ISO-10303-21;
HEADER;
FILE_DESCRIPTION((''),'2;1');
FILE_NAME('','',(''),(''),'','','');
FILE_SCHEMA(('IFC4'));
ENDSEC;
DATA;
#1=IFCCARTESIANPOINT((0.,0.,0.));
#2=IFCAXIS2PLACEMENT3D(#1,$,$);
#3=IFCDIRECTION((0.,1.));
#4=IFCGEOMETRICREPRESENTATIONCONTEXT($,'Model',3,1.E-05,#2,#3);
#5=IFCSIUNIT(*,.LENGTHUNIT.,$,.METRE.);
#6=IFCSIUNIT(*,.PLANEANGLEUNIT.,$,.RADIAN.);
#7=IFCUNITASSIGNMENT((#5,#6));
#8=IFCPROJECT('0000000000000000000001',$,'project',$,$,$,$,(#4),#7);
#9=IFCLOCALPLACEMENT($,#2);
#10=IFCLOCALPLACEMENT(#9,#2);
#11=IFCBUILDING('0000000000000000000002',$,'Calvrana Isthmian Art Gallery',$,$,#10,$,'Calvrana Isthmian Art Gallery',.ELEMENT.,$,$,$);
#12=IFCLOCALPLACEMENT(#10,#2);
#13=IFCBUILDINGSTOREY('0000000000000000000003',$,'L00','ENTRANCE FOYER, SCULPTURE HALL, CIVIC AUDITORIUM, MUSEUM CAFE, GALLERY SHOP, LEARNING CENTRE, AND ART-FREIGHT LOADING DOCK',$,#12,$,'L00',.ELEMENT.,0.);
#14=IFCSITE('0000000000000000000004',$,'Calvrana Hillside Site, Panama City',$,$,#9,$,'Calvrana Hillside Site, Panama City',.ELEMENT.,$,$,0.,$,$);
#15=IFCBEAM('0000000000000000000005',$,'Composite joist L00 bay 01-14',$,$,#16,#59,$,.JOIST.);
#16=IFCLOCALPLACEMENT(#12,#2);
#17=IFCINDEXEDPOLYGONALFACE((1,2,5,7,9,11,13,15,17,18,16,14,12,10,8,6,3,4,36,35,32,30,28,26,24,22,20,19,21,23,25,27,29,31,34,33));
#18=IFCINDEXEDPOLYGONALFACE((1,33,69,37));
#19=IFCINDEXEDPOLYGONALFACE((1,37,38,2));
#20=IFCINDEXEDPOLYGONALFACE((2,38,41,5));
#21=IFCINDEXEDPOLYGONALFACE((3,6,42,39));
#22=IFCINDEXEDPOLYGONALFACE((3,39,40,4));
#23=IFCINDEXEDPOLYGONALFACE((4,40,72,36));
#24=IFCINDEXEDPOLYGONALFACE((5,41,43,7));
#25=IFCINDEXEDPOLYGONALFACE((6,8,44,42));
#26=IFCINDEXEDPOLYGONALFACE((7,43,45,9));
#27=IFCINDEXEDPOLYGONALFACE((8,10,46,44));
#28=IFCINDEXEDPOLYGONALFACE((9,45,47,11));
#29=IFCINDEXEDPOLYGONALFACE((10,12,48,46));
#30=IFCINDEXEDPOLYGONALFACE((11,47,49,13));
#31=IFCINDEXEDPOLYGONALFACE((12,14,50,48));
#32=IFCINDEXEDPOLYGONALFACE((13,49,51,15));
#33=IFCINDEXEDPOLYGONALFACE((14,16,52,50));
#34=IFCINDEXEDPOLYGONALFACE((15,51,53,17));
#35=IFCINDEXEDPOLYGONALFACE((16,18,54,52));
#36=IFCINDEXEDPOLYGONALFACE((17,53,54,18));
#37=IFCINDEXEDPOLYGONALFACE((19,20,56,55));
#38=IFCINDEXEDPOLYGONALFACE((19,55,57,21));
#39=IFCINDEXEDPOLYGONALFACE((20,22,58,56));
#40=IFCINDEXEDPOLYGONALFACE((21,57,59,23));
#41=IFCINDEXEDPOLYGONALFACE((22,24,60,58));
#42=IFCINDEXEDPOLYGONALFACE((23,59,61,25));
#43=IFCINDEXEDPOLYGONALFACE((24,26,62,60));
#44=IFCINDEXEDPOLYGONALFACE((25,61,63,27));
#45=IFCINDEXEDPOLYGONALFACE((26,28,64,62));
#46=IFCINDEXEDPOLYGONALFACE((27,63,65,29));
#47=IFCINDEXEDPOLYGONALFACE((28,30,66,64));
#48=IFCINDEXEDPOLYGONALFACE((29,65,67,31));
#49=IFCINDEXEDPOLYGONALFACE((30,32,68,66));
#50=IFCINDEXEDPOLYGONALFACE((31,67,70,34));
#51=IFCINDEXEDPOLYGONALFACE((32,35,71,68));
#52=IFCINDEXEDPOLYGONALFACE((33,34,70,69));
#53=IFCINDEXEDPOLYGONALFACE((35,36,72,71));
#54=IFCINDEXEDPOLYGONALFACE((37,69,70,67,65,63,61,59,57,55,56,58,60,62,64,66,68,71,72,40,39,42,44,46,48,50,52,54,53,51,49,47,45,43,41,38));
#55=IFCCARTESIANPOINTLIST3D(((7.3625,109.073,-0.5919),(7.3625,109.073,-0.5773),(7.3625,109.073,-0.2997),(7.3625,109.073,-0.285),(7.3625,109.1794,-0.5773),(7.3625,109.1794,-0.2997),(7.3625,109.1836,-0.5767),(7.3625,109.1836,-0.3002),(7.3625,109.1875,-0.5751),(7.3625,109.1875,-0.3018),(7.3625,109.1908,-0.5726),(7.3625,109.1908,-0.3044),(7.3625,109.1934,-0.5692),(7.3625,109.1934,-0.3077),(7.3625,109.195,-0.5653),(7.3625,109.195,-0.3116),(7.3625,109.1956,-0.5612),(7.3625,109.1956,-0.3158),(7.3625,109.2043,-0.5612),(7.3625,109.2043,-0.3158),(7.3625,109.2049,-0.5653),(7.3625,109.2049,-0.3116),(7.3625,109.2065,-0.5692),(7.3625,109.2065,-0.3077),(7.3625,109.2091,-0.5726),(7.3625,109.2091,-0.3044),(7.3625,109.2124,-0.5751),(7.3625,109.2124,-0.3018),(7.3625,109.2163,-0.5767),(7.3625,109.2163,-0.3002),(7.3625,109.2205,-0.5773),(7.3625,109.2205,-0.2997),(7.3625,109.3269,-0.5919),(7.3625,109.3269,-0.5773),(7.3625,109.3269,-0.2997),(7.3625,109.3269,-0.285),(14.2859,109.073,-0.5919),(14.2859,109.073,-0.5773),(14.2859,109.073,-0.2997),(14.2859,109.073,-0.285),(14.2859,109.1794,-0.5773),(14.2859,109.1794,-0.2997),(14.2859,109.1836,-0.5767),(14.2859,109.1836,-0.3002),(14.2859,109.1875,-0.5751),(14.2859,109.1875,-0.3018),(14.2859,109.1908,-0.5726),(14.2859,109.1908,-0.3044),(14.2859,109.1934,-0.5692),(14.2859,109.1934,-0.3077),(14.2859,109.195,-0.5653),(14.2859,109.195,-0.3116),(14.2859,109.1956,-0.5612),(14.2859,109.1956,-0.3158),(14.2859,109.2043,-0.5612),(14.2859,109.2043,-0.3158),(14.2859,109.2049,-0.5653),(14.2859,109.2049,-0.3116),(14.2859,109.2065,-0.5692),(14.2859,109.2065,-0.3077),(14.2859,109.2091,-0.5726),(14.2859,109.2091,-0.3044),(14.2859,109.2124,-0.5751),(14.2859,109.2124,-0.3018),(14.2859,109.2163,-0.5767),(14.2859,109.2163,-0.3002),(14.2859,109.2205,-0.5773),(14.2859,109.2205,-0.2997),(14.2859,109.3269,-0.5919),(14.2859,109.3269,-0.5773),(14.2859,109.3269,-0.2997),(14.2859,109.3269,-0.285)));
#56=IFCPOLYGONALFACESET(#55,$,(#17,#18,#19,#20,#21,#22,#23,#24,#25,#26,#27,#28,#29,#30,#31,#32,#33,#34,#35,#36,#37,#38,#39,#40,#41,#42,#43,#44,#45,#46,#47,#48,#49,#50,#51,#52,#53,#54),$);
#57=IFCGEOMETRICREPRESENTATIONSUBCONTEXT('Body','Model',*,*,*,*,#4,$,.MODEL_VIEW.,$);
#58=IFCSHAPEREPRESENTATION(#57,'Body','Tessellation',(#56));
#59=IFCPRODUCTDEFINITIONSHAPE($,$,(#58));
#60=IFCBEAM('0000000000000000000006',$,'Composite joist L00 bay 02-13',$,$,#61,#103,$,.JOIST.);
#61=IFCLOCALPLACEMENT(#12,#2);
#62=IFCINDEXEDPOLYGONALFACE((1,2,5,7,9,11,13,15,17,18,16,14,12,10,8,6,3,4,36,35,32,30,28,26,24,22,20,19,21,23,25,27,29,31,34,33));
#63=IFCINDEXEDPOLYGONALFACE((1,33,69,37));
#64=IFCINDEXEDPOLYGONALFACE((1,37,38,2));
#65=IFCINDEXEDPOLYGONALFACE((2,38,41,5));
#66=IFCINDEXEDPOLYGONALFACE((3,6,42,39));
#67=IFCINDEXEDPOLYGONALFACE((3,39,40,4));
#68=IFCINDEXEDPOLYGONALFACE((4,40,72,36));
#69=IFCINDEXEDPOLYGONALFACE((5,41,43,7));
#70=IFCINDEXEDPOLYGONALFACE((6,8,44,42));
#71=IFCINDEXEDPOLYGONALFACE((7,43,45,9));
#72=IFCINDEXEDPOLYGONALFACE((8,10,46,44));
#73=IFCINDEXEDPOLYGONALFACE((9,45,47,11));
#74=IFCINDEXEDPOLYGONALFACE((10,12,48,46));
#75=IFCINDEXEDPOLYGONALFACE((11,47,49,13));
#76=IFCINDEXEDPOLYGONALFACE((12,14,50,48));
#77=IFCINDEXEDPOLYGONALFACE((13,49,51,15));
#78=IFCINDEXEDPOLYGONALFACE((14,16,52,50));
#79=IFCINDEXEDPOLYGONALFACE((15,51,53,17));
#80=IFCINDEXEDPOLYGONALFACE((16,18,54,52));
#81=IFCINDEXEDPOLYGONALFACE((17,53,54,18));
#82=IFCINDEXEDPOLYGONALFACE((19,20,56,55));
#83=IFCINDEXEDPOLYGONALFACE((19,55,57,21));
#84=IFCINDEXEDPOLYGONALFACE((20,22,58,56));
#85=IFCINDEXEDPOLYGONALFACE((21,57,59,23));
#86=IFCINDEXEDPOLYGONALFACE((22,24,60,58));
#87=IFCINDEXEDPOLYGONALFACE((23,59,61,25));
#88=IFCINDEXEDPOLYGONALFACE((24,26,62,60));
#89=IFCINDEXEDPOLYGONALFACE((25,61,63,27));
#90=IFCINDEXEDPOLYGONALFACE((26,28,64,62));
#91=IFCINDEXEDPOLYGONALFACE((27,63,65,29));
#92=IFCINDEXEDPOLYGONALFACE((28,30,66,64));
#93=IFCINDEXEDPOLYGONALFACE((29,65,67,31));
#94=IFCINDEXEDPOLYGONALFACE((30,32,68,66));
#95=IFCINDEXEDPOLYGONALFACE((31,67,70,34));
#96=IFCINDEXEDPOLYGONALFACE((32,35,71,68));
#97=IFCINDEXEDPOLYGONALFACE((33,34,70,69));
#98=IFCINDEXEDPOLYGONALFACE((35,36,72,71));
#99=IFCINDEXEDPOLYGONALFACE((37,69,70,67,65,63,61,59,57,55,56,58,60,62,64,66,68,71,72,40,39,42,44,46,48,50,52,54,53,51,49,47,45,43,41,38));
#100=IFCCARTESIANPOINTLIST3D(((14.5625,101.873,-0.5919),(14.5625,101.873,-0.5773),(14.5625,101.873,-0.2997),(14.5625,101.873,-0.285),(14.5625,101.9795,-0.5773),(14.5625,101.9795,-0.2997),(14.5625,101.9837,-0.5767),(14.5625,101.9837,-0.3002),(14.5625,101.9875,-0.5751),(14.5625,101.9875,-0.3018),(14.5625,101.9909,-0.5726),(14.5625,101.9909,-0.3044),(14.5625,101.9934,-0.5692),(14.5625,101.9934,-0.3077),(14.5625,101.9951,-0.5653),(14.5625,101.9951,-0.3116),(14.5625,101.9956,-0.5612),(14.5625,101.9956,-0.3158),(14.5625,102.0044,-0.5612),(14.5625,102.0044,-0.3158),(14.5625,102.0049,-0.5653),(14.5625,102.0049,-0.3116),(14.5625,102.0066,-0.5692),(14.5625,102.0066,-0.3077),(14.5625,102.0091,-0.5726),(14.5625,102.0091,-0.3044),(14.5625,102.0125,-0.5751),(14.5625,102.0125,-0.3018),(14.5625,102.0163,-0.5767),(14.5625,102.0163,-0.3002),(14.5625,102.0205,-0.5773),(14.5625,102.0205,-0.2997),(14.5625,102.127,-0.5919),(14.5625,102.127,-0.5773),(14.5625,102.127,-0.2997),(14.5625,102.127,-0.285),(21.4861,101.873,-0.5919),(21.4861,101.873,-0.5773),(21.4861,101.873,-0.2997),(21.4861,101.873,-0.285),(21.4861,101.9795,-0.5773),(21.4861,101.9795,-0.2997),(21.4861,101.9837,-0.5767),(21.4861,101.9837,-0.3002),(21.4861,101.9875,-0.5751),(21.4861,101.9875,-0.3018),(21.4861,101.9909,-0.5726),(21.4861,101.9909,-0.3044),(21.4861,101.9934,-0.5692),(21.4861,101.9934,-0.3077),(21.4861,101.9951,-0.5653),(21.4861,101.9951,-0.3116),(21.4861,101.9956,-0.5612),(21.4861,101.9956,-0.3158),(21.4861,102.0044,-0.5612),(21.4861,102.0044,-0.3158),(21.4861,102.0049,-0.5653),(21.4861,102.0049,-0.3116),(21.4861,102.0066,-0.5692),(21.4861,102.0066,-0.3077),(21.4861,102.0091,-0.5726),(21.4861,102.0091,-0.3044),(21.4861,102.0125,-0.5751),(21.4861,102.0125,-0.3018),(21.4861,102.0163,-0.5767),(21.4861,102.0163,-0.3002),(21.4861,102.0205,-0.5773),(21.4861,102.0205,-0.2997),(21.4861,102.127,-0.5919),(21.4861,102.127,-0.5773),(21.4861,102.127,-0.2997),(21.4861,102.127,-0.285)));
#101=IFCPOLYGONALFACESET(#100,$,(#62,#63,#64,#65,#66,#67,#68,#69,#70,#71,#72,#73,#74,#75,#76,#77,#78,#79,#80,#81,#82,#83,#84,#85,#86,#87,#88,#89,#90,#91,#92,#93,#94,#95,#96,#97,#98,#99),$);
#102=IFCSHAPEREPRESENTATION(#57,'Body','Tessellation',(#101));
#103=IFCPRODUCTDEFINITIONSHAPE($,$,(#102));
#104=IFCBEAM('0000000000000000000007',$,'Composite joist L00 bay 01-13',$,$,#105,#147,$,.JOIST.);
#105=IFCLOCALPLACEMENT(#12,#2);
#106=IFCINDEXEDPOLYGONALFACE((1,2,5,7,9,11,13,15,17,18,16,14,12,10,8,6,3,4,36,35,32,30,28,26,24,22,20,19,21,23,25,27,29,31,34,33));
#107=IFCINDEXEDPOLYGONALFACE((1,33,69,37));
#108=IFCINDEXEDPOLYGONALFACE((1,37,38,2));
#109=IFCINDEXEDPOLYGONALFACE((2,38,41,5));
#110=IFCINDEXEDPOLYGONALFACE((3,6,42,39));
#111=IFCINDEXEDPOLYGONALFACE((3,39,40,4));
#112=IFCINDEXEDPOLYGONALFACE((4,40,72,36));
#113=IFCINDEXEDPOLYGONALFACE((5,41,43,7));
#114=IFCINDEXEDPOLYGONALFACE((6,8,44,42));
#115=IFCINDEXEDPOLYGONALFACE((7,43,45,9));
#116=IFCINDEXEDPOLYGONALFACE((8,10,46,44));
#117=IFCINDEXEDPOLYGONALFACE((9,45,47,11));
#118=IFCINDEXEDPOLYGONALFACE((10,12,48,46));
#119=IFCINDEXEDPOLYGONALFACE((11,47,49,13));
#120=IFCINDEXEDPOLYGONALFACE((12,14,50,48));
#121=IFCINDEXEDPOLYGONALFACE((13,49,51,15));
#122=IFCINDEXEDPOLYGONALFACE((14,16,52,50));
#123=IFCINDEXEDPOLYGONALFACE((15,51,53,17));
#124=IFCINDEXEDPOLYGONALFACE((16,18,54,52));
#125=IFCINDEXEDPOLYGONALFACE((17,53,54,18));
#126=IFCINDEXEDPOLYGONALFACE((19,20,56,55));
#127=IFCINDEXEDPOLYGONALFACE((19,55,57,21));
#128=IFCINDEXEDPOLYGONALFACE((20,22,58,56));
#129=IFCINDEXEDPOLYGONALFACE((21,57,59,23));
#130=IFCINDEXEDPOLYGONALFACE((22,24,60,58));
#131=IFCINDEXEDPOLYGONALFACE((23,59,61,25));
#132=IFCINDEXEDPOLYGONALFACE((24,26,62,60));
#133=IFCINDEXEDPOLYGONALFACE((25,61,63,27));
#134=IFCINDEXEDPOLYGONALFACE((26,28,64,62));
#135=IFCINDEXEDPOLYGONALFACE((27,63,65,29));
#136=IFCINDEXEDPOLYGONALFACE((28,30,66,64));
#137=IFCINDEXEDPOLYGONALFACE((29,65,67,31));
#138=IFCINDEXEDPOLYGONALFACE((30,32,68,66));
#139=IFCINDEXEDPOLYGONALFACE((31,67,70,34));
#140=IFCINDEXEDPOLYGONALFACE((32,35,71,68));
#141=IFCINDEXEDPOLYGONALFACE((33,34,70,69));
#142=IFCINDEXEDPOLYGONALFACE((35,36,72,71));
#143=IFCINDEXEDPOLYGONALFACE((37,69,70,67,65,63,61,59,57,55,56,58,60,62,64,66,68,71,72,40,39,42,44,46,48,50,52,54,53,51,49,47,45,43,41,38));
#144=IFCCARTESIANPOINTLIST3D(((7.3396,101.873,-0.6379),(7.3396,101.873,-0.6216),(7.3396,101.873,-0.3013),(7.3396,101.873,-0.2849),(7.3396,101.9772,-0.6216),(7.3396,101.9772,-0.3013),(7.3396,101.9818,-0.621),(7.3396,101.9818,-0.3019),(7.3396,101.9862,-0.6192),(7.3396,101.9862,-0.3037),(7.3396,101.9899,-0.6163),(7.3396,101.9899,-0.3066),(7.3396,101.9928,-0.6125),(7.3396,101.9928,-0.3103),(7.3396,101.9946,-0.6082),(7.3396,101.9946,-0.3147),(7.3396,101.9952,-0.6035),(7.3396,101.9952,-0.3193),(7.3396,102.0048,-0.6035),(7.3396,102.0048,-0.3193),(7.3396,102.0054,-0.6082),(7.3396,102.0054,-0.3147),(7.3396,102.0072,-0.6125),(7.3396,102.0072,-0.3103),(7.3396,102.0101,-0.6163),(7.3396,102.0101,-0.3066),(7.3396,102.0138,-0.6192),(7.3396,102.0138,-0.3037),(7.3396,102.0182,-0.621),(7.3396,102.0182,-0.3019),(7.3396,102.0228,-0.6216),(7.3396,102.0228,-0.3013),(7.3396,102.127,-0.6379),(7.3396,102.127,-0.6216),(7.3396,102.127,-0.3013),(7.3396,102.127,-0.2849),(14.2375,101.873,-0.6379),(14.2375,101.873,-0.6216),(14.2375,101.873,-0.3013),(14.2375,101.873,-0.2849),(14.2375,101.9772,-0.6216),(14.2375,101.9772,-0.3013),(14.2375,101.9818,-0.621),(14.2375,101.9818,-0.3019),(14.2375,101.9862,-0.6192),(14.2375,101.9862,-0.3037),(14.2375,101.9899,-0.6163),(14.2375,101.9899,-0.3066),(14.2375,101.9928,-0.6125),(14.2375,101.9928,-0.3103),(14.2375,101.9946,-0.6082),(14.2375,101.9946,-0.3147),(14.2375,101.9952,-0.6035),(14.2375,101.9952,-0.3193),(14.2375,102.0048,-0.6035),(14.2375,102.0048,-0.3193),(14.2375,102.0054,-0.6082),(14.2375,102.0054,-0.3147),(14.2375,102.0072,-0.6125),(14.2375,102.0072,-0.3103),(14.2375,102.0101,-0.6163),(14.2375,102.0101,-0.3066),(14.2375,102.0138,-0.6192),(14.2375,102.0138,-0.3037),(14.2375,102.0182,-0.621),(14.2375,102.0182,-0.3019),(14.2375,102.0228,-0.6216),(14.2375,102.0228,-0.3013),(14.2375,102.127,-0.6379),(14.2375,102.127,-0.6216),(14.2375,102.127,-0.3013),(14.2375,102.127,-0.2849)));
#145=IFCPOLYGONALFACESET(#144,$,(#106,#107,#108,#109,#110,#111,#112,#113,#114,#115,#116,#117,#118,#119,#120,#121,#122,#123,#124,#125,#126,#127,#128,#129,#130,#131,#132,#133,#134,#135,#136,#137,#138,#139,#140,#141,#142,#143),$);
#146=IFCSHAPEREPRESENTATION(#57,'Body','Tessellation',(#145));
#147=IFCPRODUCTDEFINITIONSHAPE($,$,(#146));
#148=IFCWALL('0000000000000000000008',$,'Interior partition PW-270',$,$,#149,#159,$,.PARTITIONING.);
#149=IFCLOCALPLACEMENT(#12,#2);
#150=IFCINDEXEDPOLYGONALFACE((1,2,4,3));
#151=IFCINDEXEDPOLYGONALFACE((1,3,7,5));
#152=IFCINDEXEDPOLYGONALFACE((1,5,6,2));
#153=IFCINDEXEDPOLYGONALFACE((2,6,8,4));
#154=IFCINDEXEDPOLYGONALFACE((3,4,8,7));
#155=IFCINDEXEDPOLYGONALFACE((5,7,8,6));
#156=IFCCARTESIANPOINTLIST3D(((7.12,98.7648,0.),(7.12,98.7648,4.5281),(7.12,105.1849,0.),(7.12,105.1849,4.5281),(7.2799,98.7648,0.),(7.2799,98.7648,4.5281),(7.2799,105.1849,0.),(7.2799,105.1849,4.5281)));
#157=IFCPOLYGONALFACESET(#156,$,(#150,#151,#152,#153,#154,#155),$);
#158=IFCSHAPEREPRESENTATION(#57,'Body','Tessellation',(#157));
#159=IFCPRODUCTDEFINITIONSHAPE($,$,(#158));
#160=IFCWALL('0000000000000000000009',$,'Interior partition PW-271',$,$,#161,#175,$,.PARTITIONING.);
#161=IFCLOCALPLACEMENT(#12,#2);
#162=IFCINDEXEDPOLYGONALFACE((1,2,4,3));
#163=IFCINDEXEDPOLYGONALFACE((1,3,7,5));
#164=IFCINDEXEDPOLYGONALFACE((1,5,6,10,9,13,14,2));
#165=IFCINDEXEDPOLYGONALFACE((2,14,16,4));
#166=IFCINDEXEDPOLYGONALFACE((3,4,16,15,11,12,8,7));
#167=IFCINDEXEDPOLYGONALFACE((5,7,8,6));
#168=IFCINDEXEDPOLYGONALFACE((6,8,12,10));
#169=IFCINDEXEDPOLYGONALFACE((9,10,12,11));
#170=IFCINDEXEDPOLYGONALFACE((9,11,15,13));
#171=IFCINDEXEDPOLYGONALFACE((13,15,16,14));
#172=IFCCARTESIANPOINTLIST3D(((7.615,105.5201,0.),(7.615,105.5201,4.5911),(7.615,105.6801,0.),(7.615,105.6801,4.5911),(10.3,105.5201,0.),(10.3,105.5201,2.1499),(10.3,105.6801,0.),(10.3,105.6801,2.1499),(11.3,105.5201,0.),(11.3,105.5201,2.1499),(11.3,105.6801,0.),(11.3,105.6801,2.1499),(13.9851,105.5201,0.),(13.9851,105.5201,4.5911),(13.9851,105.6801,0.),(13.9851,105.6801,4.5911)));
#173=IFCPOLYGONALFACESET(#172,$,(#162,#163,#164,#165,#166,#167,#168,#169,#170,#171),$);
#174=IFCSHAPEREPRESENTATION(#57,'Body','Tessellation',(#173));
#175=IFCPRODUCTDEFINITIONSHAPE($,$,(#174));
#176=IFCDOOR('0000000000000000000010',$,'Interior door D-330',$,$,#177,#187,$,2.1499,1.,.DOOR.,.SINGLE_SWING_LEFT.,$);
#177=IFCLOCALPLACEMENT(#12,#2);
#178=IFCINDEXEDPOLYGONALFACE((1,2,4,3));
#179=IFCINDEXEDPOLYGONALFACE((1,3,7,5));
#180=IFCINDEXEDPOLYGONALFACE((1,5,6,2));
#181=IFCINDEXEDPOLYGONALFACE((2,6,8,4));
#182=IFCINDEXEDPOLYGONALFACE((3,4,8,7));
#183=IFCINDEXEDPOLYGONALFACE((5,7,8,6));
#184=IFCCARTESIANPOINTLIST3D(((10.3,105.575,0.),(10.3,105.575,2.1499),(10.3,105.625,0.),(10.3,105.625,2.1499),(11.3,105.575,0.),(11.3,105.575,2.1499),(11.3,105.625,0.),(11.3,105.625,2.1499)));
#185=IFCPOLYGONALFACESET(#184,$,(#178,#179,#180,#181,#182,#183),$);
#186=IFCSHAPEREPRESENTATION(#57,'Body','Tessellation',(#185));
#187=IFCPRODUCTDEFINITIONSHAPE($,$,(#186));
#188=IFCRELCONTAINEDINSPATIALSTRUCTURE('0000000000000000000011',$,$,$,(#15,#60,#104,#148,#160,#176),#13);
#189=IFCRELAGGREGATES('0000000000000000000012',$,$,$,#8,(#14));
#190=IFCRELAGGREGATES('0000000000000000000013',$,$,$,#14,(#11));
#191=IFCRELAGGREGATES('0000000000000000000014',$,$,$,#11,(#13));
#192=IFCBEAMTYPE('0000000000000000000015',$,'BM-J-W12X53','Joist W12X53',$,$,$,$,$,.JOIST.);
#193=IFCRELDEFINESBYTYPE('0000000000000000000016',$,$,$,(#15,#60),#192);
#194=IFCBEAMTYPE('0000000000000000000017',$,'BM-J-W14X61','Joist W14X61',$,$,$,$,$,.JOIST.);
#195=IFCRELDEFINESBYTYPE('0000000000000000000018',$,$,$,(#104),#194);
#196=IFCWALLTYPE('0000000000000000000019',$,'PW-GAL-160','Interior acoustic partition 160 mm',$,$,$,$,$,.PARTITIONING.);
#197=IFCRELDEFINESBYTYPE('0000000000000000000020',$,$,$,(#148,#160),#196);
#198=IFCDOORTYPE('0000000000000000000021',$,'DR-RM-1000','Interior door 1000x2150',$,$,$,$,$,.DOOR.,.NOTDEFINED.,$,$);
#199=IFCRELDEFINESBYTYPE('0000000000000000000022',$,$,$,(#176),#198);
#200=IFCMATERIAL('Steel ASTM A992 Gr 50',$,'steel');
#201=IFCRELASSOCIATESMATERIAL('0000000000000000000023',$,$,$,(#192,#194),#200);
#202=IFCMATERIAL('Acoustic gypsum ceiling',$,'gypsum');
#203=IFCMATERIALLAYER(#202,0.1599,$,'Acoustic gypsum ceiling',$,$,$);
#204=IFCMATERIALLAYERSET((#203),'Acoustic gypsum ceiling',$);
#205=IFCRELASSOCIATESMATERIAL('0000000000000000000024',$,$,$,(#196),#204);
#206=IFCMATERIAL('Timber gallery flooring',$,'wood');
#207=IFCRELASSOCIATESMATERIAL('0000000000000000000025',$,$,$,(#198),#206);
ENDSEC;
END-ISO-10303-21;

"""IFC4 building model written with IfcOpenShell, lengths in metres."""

from ifc_helpers import new_model, si_unit, direction, frame, frame_2d, origin, origin_2d, place, context, subcontext, project, spatial, rectangle, i_section, extrude, material, layer, layer_set, material_profile, profile_set, type_object, element, fill, save


model = new_model("IFC4")

# Units and contexts
model_context = context("Model", 3, precision=1e-05, world=origin(), true_north=direction((0.0, 1.0)))
body_context = subcontext(model_context, "Body", "Model", "MODEL_VIEW")
ifc_project = project(units=[si_unit("LENGTHUNIT", "METRE"), si_unit("PLANEANGLEUNIT", "RADIAN")], contexts=[model_context])

# Site, building, storey
site_placement = place(None, origin())
site = spatial("IfcSite", under=ifc_project, at=site_placement, Name="Calvrana Hillside Site, Panama City", LongName="Calvrana Hillside Site, Panama City", CompositionType="ELEMENT", RefElevation=0.0)
building_placement = place(site_placement, origin())
building = spatial("IfcBuilding", under=site, at=building_placement, Name="Calvrana Isthmian Art Gallery", LongName="Calvrana Isthmian Art Gallery", CompositionType="ELEMENT")
storey_placement = place(building_placement, origin())
storey = spatial("IfcBuildingStorey", under=building, at=storey_placement, Name="L00", Description="ENTRANCE FOYER, SCULPTURE HALL, CIVIC AUDITORIUM, MUSEUM CAFE, GALLERY SHOP, LEARNING CENTRE, AND ART-FREIGHT LOADING DOCK", LongName="L00", CompositionType="ELEMENT", Elevation=0.0)

# Beams
ifc_material_1 = material(Name="Steel ASTM A992 Gr 50", Category="steel")
ifc_material_profile_1 = material_profile(ifc_material_1, i_section(OverallWidth=0.2539, OverallDepth=0.3069, WebThickness=0.0088, FlangeThickness=0.0146, FilletRadius=0.0161, at=origin_2d()), Name="W12X53")
ifc_profile_set_1 = profile_set([ifc_material_profile_1], Name="Steel ASTM A992 Gr 50")
beam_type_1 = type_object("IfcBeamType", Name="BM-J-W12X53", Description="Joist W12X53", PredefinedType="JOIST", material=ifc_profile_set_1)
beam_1_placement = place(storey_placement, frame((7.3625, 109.2, -0.4385), z_axis=(1.0, 0.0, 0.0), x_axis=(0.0, 1.0, 0.0)))
element("IfcBeam", 1, at=beam_1_placement, inside=storey, type_object=beam_type_1, Name="Composite joist L00 bay 01-14", PredefinedType="JOIST", context=body_context, shape_type="SweptSolid", body=[
    extrude(i_section(OverallWidth=0.2539, OverallDepth=0.3069, WebThickness=0.0088, FlangeThickness=0.0146, FilletRadius=0.0161, at=origin_2d()), origin(), (0.0, 0.0, 1.0), 6.9233),
])
beam_2_placement = place(storey_placement, frame((14.5625, 102.0, -0.4385), z_axis=(1.0, 0.0, 0.0), x_axis=(0.0, 1.0, 0.0)))
element("IfcBeam", 2, at=beam_2_placement, inside=storey, type_object=beam_type_1, Name="Composite joist L00 bay 02-13", PredefinedType="JOIST", context=body_context, shape_type="SweptSolid", body=[
    extrude(i_section(OverallWidth=0.2539, OverallDepth=0.3069, WebThickness=0.0088, FlangeThickness=0.0146, FilletRadius=0.0161, at=origin_2d()), origin(), (0.0, 0.0, 1.0), 6.9236),
])
ifc_material_profile_2 = material_profile(ifc_material_1, i_section(OverallWidth=0.2539, OverallDepth=0.353, WebThickness=0.0095, FlangeThickness=0.0164, FilletRadius=0.0181, at=origin_2d()), Name="W14X61")
ifc_profile_set_2 = profile_set([ifc_material_profile_2], Name="Steel ASTM A992 Gr 50")
beam_type_2 = type_object("IfcBeamType", Name="BM-J-W14X61", Description="Joist W14X61", PredefinedType="JOIST", material=ifc_profile_set_2)
beam_3_placement = place(storey_placement, frame((7.3396, 102.0, -0.4614), z_axis=(1.0, 0.0, 0.0), x_axis=(0.0, 1.0, 0.0)))
element("IfcBeam", 3, at=beam_3_placement, inside=storey, type_object=beam_type_2, Name="Composite joist L00 bay 01-13", PredefinedType="JOIST", context=body_context, shape_type="SweptSolid", body=[
    extrude(i_section(OverallWidth=0.2539, OverallDepth=0.353, WebThickness=0.0095, FlangeThickness=0.0164, FilletRadius=0.0181, at=origin_2d()), origin(), (0.0, 0.0, 1.0), 6.8979),
])

# Wall
ifc_material_2 = material(Name="Acoustic gypsum ceiling", Category="gypsum")
ifc_layer = layer(ifc_material_2, 0.1599, Name="Acoustic gypsum ceiling")
ifc_layer_set = layer_set([ifc_layer], Name="Acoustic gypsum ceiling")
wall_type = type_object("IfcWallType", Name="PW-GAL-160", Description="Interior acoustic partition 160 mm", PredefinedType="PARTITIONING", material=ifc_layer_set)
wall_1_placement = place(storey_placement, frame((7.2, 98.7649, 0.0), z_axis=(0.0, 0.0, 1.0), x_axis=(0.0, 1.0, 0.0)))
element("IfcWall", 4, at=wall_1_placement, inside=storey, type_object=wall_type, Name="Interior partition PW-270", PredefinedType="PARTITIONING", context=body_context, shape_type="SweptSolid", body=[
    extrude(rectangle(XDim=6.4202, YDim=0.1599, at=frame_2d((3.21, 0.0))), origin(), (0.0, 0.0, 1.0), 4.5281),
])

# Wall, opening, door
wall_2_placement = place(storey_placement, frame((7.615, 105.6001, 0.0), z_axis=(0.0, 0.0, 1.0), x_axis=(1.0, 0.0, 0.0)))
wall_2 = element("IfcWall", 5, at=wall_2_placement, inside=storey, type_object=wall_type, Name="Interior partition PW-271", PredefinedType="PARTITIONING", context=body_context, shape_type="SweptSolid", body=[
    extrude(rectangle(XDim=6.3701, YDim=0.1599, at=frame_2d((3.1851, 0.0))), origin(), (0.0, 0.0, 1.0), 4.5911),
])
opening_1_placement = place(wall_2_placement, frame((2.6851, 0.0, 0.0)))
opening_1 = element("IfcOpeningElement", 6, at=opening_1_placement, cuts=wall_2, PredefinedType="OPENING", context=body_context, shape_type="SweptSolid", body=[
    extrude(rectangle(XDim=1.0, YDim=2.1499, at=frame_2d((0.5, 1.075))), frame((0.0, 0.0903, 0.0), z_axis=(0.0, -1.0, 0.0), x_axis=(1.0, 0.0, 0.0)), (0.0, 0.0, 1.0), 0.1804),
])
ifc_material_3 = material(Name="Timber gallery flooring", Category="wood")
door_type_1 = type_object("IfcDoorType", Name="DR-RM-1000", Description="Interior door 1000x2150", OperationType="NOTDEFINED", PredefinedType="DOOR", material=ifc_material_3)
door_1_placement = place(opening_1_placement, origin())
door_1 = element("IfcDoor", 7, at=door_1_placement, inside=storey, type_object=door_type_1, Name="Interior door D-330", OperationType="SINGLE_SWING_LEFT", OverallHeight=2.1499, OverallWidth=1.0, PredefinedType="DOOR", context=body_context, shape_type="SweptSolid", body=[
    extrude(rectangle(XDim=1.0, YDim=2.1499, at=frame_2d((0.5, 1.075))), frame((0.0, 0.0249, 0.0), z_axis=(0.0, -1.0, 0.0), x_axis=(1.0, 0.0, 0.0)), (0.0, 0.0, 1.0), 0.05),
])
fill(opening_1, door_1)

save(model, "model.ifc")
